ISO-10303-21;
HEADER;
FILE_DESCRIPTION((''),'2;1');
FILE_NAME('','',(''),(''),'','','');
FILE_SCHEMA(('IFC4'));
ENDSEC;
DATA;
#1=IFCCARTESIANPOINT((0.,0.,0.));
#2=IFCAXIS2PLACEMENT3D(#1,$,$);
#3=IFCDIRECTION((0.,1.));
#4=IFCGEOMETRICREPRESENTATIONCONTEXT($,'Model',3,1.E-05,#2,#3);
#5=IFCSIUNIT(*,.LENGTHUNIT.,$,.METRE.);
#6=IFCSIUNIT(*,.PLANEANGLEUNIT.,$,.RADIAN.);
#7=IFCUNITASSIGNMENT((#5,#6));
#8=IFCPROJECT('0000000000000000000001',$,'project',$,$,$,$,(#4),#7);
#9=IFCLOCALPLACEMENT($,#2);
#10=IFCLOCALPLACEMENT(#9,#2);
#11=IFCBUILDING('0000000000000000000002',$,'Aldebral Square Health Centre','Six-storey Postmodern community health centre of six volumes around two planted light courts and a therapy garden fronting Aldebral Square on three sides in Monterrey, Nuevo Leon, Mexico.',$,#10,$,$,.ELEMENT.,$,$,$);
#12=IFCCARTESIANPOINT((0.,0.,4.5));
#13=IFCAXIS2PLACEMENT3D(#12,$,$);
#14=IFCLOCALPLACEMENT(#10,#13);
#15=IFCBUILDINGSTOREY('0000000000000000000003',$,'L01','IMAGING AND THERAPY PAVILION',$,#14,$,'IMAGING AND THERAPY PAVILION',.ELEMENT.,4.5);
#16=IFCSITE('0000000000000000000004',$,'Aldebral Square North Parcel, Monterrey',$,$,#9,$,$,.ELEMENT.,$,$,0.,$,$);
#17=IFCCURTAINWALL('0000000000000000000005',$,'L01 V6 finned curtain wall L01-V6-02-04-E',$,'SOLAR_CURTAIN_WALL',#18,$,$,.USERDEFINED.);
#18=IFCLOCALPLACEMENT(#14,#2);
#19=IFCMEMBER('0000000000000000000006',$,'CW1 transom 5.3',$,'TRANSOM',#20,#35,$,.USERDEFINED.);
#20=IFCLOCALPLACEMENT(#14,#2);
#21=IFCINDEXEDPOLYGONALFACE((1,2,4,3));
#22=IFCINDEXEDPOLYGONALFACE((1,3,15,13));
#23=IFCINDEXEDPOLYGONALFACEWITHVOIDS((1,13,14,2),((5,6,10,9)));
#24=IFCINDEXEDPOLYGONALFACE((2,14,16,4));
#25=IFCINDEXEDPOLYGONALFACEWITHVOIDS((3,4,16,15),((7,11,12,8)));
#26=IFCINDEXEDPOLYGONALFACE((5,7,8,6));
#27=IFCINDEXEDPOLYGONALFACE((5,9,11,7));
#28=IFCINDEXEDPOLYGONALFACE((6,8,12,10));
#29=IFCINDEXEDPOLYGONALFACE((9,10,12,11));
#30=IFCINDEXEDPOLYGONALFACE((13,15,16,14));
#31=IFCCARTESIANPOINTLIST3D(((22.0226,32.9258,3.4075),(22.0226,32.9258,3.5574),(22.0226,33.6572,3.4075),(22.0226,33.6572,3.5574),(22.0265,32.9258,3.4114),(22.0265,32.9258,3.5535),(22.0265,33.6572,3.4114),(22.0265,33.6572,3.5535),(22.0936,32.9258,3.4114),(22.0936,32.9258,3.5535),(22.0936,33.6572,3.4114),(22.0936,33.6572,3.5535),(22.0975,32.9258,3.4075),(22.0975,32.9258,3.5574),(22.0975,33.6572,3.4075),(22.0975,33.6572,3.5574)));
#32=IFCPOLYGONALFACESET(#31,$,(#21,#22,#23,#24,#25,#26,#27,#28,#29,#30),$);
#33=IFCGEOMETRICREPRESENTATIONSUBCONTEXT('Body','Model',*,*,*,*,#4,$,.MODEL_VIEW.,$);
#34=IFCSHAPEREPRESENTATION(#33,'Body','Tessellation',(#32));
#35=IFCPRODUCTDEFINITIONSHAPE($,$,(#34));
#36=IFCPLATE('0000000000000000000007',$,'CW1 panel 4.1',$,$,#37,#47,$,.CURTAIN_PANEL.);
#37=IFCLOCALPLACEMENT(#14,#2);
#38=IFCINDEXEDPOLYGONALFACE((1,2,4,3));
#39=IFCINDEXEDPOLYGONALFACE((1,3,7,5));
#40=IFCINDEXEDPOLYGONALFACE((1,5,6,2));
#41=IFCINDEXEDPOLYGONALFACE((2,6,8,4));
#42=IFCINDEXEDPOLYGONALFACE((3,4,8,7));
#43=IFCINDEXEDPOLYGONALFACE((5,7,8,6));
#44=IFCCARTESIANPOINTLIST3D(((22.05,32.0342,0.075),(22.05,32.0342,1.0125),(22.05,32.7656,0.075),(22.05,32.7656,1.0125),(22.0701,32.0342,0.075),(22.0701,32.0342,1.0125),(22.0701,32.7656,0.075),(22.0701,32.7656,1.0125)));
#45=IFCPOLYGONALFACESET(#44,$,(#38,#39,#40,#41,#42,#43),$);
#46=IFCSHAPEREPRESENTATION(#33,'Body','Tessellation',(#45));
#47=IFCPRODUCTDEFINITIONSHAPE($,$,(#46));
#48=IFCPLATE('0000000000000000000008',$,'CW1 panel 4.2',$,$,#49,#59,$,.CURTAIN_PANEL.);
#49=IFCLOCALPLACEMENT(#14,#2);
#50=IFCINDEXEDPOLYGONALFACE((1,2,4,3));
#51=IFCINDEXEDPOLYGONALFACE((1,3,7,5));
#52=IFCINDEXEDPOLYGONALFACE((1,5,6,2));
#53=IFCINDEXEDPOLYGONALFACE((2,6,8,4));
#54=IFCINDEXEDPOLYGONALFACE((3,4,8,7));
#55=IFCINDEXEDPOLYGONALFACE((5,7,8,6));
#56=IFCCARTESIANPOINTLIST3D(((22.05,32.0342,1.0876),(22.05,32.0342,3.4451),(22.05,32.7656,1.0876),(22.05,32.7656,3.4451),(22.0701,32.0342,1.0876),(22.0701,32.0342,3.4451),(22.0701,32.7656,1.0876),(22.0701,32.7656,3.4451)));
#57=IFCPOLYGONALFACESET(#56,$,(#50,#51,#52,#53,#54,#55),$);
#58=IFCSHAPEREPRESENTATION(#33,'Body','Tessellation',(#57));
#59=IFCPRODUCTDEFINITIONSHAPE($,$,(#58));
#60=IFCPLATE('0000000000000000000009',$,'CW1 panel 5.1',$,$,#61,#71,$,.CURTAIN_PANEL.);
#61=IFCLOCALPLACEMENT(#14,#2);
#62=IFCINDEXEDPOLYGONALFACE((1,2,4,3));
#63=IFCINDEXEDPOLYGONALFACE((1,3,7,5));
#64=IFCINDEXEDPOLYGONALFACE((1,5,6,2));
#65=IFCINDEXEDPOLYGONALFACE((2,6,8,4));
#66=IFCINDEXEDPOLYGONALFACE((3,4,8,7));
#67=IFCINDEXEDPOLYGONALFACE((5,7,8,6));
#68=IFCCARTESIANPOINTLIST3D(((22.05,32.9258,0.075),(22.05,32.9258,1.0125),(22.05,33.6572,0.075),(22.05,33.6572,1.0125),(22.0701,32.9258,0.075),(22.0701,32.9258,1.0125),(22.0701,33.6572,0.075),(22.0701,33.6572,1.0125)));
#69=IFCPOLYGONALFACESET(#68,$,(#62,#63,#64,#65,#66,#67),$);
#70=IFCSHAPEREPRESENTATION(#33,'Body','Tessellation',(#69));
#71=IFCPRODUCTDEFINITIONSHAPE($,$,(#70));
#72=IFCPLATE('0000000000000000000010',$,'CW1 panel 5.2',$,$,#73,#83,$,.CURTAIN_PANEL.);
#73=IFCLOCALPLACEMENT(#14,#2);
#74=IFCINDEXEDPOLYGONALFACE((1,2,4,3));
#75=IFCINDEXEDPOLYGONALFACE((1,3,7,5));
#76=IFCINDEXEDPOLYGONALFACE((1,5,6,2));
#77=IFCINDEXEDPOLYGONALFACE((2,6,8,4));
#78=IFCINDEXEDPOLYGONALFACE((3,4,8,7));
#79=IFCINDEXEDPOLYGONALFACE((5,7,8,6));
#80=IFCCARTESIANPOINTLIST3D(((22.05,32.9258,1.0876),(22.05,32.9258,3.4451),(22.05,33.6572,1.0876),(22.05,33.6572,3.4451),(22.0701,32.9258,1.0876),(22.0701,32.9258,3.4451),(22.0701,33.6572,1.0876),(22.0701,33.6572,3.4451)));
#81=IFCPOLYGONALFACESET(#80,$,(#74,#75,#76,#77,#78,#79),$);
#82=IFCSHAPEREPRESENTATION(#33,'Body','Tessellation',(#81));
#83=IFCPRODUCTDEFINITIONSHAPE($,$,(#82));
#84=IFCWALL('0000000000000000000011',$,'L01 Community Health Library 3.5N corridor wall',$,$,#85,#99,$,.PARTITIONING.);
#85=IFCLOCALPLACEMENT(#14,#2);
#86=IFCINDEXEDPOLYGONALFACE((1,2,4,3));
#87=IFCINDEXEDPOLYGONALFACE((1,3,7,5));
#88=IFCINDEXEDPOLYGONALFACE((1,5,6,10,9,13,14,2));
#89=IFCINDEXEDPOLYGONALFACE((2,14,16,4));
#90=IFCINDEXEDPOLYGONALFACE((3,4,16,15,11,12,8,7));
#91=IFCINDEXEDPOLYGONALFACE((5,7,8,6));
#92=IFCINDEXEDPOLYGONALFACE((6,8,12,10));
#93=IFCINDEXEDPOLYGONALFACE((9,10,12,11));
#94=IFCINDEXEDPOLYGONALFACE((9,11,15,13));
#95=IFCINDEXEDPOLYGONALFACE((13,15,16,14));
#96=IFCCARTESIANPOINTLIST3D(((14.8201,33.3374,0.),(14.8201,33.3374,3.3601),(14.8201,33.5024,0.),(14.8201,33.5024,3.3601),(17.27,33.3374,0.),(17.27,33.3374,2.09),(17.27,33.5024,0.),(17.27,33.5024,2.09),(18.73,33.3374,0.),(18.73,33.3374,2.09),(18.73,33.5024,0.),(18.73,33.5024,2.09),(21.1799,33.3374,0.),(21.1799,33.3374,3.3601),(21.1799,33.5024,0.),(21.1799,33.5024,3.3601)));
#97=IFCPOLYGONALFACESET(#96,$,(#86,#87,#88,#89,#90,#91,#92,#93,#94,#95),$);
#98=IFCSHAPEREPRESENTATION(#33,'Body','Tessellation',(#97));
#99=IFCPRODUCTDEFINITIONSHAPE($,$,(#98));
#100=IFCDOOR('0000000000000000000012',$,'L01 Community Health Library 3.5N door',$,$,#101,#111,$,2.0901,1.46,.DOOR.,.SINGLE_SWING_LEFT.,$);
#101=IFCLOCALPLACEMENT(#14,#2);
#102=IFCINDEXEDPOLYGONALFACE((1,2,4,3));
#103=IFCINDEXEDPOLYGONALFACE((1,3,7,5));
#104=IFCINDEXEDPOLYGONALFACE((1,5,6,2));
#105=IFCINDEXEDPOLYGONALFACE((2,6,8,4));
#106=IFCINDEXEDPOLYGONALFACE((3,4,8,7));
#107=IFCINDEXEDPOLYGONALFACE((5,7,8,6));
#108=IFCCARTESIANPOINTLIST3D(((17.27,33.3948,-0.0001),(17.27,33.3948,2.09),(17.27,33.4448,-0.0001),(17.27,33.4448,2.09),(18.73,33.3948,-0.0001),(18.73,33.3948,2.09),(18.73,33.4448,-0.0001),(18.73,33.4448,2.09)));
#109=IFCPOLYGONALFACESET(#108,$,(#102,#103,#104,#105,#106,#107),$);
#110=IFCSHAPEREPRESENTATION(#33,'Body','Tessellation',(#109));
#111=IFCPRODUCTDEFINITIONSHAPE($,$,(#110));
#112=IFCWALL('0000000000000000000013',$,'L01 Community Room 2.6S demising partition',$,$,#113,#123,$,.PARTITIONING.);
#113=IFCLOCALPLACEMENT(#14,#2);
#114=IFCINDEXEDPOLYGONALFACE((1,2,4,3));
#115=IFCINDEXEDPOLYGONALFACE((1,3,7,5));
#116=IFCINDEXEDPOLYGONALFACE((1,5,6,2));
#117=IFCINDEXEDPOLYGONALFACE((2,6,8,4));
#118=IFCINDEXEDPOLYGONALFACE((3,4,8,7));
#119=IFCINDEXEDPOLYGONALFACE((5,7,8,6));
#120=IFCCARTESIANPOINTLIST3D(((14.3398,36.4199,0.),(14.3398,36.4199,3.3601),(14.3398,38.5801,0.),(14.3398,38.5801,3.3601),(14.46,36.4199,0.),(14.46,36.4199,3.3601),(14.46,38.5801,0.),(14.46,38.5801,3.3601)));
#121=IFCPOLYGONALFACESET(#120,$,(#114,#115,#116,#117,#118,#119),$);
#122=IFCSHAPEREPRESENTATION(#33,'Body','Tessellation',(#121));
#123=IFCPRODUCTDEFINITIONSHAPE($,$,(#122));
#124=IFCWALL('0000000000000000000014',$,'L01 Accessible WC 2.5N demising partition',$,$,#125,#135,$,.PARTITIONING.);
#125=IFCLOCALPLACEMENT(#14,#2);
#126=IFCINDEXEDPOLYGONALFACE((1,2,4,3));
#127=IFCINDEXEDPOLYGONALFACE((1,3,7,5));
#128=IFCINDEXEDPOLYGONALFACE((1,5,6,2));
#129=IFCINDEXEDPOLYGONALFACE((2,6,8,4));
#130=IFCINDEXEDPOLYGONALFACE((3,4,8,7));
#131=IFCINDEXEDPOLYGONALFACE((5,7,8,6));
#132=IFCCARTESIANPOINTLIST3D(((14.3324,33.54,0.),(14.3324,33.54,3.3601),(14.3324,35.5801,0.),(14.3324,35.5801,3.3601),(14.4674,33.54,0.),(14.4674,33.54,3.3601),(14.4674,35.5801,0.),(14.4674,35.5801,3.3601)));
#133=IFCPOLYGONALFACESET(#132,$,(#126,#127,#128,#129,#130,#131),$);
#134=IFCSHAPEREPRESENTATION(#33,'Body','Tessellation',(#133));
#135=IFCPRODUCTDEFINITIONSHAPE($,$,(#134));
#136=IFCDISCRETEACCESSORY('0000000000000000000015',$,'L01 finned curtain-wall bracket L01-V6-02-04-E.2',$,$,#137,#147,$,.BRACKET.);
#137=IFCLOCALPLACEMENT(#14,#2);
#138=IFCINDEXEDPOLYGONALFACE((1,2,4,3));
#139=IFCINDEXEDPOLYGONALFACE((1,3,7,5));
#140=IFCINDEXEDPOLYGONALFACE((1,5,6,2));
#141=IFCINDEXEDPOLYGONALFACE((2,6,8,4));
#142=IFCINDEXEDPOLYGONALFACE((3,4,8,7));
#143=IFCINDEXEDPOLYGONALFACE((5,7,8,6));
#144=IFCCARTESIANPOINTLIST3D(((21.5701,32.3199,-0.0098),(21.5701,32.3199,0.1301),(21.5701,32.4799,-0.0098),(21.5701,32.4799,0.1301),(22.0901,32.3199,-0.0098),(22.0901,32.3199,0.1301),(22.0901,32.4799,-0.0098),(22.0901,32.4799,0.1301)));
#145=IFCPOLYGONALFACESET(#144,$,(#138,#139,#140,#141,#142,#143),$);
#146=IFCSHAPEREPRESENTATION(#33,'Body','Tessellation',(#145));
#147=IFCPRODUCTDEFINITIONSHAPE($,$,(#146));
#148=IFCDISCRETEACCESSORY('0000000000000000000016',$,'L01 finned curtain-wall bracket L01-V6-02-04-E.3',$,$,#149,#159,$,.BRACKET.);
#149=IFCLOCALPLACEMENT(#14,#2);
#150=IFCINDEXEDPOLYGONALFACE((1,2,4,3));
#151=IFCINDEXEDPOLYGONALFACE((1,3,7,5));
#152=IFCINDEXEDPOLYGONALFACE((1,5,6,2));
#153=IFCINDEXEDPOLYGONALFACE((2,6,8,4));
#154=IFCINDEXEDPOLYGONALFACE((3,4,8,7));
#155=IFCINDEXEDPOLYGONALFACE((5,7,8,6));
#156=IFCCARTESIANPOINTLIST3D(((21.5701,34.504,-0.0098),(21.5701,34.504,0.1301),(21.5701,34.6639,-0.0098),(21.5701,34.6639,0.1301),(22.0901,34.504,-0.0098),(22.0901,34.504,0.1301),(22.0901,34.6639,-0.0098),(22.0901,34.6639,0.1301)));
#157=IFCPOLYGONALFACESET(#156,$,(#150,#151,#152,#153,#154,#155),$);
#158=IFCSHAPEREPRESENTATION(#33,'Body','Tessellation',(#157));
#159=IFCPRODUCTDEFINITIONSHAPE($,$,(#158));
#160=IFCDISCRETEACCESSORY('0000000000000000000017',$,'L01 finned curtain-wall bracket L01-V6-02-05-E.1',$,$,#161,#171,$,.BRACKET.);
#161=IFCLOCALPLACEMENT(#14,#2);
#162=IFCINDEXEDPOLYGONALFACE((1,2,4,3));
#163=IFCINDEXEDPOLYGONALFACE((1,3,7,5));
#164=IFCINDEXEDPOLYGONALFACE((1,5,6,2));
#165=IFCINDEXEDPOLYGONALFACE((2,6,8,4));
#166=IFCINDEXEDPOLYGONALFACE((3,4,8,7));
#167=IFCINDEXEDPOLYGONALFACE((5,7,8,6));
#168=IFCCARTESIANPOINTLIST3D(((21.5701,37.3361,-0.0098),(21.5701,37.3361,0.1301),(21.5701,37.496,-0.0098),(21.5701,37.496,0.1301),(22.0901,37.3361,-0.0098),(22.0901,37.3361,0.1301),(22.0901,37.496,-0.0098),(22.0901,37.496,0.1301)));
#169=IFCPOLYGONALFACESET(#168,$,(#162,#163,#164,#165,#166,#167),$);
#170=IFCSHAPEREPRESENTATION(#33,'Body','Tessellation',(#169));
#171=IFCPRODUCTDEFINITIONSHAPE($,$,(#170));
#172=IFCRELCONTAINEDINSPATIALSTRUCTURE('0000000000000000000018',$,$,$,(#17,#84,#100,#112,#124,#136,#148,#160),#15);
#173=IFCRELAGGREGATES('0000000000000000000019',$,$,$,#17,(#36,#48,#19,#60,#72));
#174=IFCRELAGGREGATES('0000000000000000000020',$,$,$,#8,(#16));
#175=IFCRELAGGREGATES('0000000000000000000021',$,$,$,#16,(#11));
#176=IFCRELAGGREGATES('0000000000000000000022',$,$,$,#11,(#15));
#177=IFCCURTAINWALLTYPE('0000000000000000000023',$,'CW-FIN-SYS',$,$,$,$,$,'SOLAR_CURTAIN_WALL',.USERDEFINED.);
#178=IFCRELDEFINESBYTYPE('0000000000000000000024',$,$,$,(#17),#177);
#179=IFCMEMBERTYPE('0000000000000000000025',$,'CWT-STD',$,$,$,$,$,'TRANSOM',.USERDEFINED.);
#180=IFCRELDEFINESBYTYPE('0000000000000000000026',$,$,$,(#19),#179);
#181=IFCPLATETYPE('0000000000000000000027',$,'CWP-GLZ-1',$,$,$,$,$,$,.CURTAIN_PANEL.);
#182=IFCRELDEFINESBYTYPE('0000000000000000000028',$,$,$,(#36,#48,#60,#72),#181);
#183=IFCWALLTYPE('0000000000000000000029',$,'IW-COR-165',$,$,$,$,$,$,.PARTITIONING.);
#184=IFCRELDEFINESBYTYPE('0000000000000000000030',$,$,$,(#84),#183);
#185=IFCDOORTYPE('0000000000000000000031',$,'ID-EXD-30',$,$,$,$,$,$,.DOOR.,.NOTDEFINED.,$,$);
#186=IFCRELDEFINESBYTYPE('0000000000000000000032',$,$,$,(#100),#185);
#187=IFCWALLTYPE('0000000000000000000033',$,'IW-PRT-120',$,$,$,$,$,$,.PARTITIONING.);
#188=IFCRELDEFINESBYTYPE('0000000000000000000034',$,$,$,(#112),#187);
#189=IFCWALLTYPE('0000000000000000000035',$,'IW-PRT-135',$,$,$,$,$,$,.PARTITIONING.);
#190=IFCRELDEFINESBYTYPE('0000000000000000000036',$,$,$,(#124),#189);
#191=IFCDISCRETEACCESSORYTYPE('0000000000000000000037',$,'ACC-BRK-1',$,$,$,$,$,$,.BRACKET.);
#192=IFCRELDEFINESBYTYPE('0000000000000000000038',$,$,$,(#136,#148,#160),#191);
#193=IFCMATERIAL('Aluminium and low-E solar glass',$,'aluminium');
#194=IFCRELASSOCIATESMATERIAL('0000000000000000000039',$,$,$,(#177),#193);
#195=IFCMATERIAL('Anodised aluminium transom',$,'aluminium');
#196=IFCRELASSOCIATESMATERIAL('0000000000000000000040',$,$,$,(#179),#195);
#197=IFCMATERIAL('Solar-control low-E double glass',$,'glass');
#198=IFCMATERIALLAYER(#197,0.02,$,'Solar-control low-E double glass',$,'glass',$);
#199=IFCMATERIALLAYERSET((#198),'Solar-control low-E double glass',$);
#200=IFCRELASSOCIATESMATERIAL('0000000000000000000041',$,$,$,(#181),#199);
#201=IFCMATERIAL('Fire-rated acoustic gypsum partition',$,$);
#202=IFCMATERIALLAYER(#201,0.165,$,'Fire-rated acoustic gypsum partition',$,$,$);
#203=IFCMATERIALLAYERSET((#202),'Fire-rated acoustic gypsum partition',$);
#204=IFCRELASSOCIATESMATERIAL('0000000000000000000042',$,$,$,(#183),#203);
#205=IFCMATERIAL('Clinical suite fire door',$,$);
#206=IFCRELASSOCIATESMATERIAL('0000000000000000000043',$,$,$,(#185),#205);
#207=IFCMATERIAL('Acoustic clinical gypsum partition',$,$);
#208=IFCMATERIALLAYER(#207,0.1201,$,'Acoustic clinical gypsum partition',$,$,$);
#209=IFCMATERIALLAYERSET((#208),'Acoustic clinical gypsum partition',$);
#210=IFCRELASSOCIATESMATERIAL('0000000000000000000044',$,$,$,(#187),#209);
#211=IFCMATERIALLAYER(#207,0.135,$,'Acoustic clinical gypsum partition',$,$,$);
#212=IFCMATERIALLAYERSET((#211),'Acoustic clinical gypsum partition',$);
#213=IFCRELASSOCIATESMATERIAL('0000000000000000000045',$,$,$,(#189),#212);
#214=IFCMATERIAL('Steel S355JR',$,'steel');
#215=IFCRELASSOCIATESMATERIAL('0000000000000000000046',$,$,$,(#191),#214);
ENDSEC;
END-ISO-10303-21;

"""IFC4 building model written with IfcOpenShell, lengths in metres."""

from ifc_helpers import new_model, si_unit, direction, frame, frame_2d, origin, origin_2d, place, context, subcontext, project, spatial, rectangle, hollow_rectangle, extrude, material, layer, layer_set, material_profile, profile_set, type_object, element, fill, aggregate, save


model = new_model("IFC4")

# Units and contexts
model_context = context("Model", 3, precision=1e-05, world=origin(), true_north=direction((0.0, 1.0)))
body_context = subcontext(model_context, "Body", "Model", "MODEL_VIEW")
ifc_project = project(units=[si_unit("LENGTHUNIT", "METRE"), si_unit("PLANEANGLEUNIT", "RADIAN")], contexts=[model_context])

# Site, building, storey
site_placement = place(None, origin())
site = spatial("IfcSite", under=ifc_project, at=site_placement, Name="Aldebral Square North Parcel, Monterrey", CompositionType="ELEMENT", RefElevation=0.0)
building_placement = place(site_placement, origin())
building = spatial("IfcBuilding", under=site, at=building_placement, Name="Aldebral Square Health Centre", Description="Six-storey Postmodern community health centre of six volumes around two planted light courts and a therapy garden fronting Aldebral Square on three sides in Monterrey, Nuevo Leon, Mexico.", CompositionType="ELEMENT")
storey_placement = place(building_placement, frame((0.0, 0.0, 4.5)))
storey = spatial("IfcBuildingStorey", under=building, at=storey_placement, Name="L01", Description="IMAGING AND THERAPY PAVILION", LongName="IMAGING AND THERAPY PAVILION", CompositionType="ELEMENT", Elevation=4.5)

# Curtain wall, member, plates
ifc_material_1 = material(Name="Aluminium and low-E solar glass", Category="aluminium")
curtain_wall_type = type_object("IfcCurtainWallType", Name="CW-FIN-SYS", ElementType="SOLAR_CURTAIN_WALL", PredefinedType="USERDEFINED", material=ifc_material_1)
curtain_wall_placement = place(storey_placement, origin())
curtain_wall = element("IfcCurtainWall", 1, at=curtain_wall_placement, inside=storey, type_object=curtain_wall_type, Name="L01 V6 finned curtain wall L01-V6-02-04-E", ObjectType="SOLAR_CURTAIN_WALL", PredefinedType="USERDEFINED")
ifc_material_2 = material(Name="Anodised aluminium transom", Category="aluminium")
ifc_material_profile_1 = material_profile(ifc_material_2, hollow_rectangle(XDim=0.075, YDim=0.1499, WallThickness=0.0039, at=origin_2d()), Name="CWT 75x150x4")
ifc_profile_set_1 = profile_set([ifc_material_profile_1], Name="Anodised aluminium transom")
member_type_1 = type_object("IfcMemberType", Name="CWT-STD", ElementType="TRANSOM", PredefinedType="USERDEFINED", material=ifc_profile_set_1)
member_1_placement = place(storey_placement, frame((22.0601, 32.9258, 3.4824), z_axis=(0.0, 1.0, 0.0), x_axis=(-1.0, 0.0, 0.0)))
member_1 = element("IfcMember", 2, at=member_1_placement, type_object=member_type_1, Name="CW1 transom 5.3", ObjectType="TRANSOM", PredefinedType="USERDEFINED", context=body_context, shape_type="SweptSolid", body=[
    extrude(hollow_rectangle(XDim=0.075, YDim=0.1499, WallThickness=0.0039, at=origin_2d()), origin(), (0.0, 0.0, 1.0), 0.7314),
])
ifc_material_3 = material(Name="Solar-control low-E double glass", Category="glass")
ifc_layer_1 = layer(ifc_material_3, 0.02, Name="Solar-control low-E double glass", Category="glass")
ifc_layer_set_1 = layer_set([ifc_layer_1], Name="Solar-control low-E double glass")
plate_type = type_object("IfcPlateType", Name="CWP-GLZ-1", PredefinedType="CURTAIN_PANEL", material=ifc_layer_set_1)
plate_1_placement = place(storey_placement, frame((22.0601, 32.3999, 0.075), z_axis=(0.0, 0.0, 1.0), x_axis=(0.0, 1.0, 0.0)))
plate_1 = element("IfcPlate", 3, at=plate_1_placement, type_object=plate_type, Name="CW1 panel 4.1", PredefinedType="CURTAIN_PANEL", context=body_context, shape_type="SweptSolid", body=[
    extrude(rectangle(XDim=0.7314, YDim=0.02, at=origin_2d()), origin(), (0.0, 0.0, 1.0), 0.9375),
])
plate_2_placement = place(storey_placement, frame((22.0601, 32.3999, 1.0876), z_axis=(0.0, 0.0, 1.0), x_axis=(0.0, 1.0, 0.0)))
plate_2 = element("IfcPlate", 4, at=plate_2_placement, type_object=plate_type, Name="CW1 panel 4.2", PredefinedType="CURTAIN_PANEL", context=body_context, shape_type="SweptSolid", body=[
    extrude(rectangle(XDim=0.7314, YDim=0.02, at=origin_2d()), origin(), (0.0, 0.0, 1.0), 2.3574),
])
plate_3_placement = place(storey_placement, frame((22.0601, 33.2915, 0.075), z_axis=(0.0, 0.0, 1.0), x_axis=(0.0, 1.0, 0.0)))
plate_3 = element("IfcPlate", 5, at=plate_3_placement, type_object=plate_type, Name="CW1 panel 5.1", PredefinedType="CURTAIN_PANEL", context=body_context, shape_type="SweptSolid", body=[
    extrude(rectangle(XDim=0.7314, YDim=0.02, at=origin_2d()), origin(), (0.0, 0.0, 1.0), 0.9375),
])
plate_4_placement = place(storey_placement, frame((22.0601, 33.2915, 1.0876), z_axis=(0.0, 0.0, 1.0), x_axis=(0.0, 1.0, 0.0)))
plate_4 = element("IfcPlate", 6, at=plate_4_placement, type_object=plate_type, Name="CW1 panel 5.2", PredefinedType="CURTAIN_PANEL", context=body_context, shape_type="SweptSolid", body=[
    extrude(rectangle(XDim=0.7314, YDim=0.02, at=origin_2d()), origin(), (0.0, 0.0, 1.0), 2.3574),
])
aggregate(curtain_wall, [plate_1, plate_2, member_1, plate_3, plate_4])

# Wall, opening, door
ifc_material_4 = material(Name="Fire-rated acoustic gypsum partition")
ifc_layer_2 = layer(ifc_material_4, 0.165, Name="Fire-rated acoustic gypsum partition")
ifc_layer_set_2 = layer_set([ifc_layer_2], Name="Fire-rated acoustic gypsum partition")
wall_type_1 = type_object("IfcWallType", Name="IW-COR-165", PredefinedType="PARTITIONING", material=ifc_layer_set_2)
wall_1_placement = place(storey_placement, frame((14.8201, 33.4199, 0.0), z_axis=(0.0, 0.0, 1.0), x_axis=(1.0, 0.0, 0.0)))
wall_1 = element("IfcWall", 7, at=wall_1_placement, inside=storey, type_object=wall_type_1, Name="L01 Community Health Library 3.5N corridor wall", PredefinedType="PARTITIONING", context=body_context, shape_type="SweptSolid", body=[
    extrude(rectangle(XDim=6.3599, YDim=0.165, at=frame_2d((3.1799, 0.0))), origin(), (0.0, 0.0, 1.0), 3.3601),
])
opening_placement = place(wall_1_placement, frame((2.45, 0.0, 0.0)))
opening = element("IfcOpeningElement", 8, at=opening_placement, cuts=wall_1, PredefinedType="OPENING", context=body_context, shape_type="SweptSolid", body=[
    extrude(rectangle(XDim=1.46, YDim=2.0901, at=frame_2d((0.73, 1.0449))), frame((0.0, 0.0925, 0.0), z_axis=(0.0, -1.0, 0.0), x_axis=(1.0, 0.0, 0.0)), (0.0, 0.0, 1.0), 0.1851),
])
ifc_material_5 = material(Name="Clinical suite fire door")
door_type = type_object("IfcDoorType", Name="ID-EXD-30", OperationType="NOTDEFINED", PredefinedType="DOOR", material=ifc_material_5)
door_placement = place(opening_placement, origin())
door = element("IfcDoor", 9, at=door_placement, inside=storey, type_object=door_type, Name="L01 Community Health Library 3.5N door", OperationType="SINGLE_SWING_LEFT", OverallHeight=2.0901, OverallWidth=1.46, PredefinedType="DOOR", context=body_context, shape_type="SweptSolid", body=[
    extrude(rectangle(XDim=1.46, YDim=2.0901, at=frame_2d((0.73, 1.0449))), frame((0.0, 0.0249, 0.0), z_axis=(0.0, -1.0, 0.0), x_axis=(1.0, 0.0, 0.0)), (0.0, 0.0, 1.0), 0.05),
])
fill(opening, door)

# Walls
ifc_material_6 = material(Name="Acoustic clinical gypsum partition")
ifc_layer_3 = layer(ifc_material_6, 0.1201, Name="Acoustic clinical gypsum partition")
ifc_layer_set_3 = layer_set([ifc_layer_3], Name="Acoustic clinical gypsum partition")
wall_type_2 = type_object("IfcWallType", Name="IW-PRT-120", PredefinedType="PARTITIONING", material=ifc_layer_set_3)
wall_2_placement = place(storey_placement, frame((14.3999, 36.4199, 0.0), z_axis=(0.0, 0.0, 1.0), x_axis=(0.0, 1.0, 0.0)))
element("IfcWall", 10, at=wall_2_placement, inside=storey, type_object=wall_type_2, Name="L01 Community Room 2.6S demising partition", PredefinedType="PARTITIONING", context=body_context, shape_type="SweptSolid", body=[
    extrude(rectangle(XDim=2.1602, YDim=0.1201, at=frame_2d((1.0801, 0.0))), origin(), (0.0, 0.0, 1.0), 3.3601),
])
ifc_layer_4 = layer(ifc_material_6, 0.135, Name="Acoustic clinical gypsum partition")
ifc_layer_set_4 = layer_set([ifc_layer_4], Name="Acoustic clinical gypsum partition")
wall_type_3 = type_object("IfcWallType", Name="IW-PRT-135", PredefinedType="PARTITIONING", material=ifc_layer_set_4)
wall_3_placement = place(storey_placement, frame((14.3999, 33.54, 0.0), z_axis=(0.0, 0.0, 1.0), x_axis=(0.0, 1.0, 0.0)))
element("IfcWall", 11, at=wall_3_placement, inside=storey, type_object=wall_type_3, Name="L01 Accessible WC 2.5N demising partition", PredefinedType="PARTITIONING", context=body_context, shape_type="SweptSolid", body=[
    extrude(rectangle(XDim=2.04, YDim=0.135, at=frame_2d((1.02, 0.0))), origin(), (0.0, 0.0, 1.0), 3.3601),
])

# Discrete accessories
ifc_material_7 = material(Name="Steel S355JR", Category="steel")
discrete_accessory_type = type_object("IfcDiscreteAccessoryType", Name="ACC-BRK-1", PredefinedType="BRACKET", material=ifc_material_7)
for number, where, z_axis, x_axis, name in (
    (12, (21.8301, 32.3999, -0.0098), (0.0, 0.0, 1.0), (0.0, 1.0, 0.0), "L01 finned curtain-wall bracket L01-V6-02-04-E.2"),
    (13, (21.8301, 34.584, -0.0098), (0.0, 0.0, 1.0), (0.0, 1.0, 0.0), "L01 finned curtain-wall bracket L01-V6-02-04-E.3"),
    (14, (21.8301, 37.416, -0.0098), (0.0, 0.0, 1.0), (0.0, 1.0, 0.0), "L01 finned curtain-wall bracket L01-V6-02-05-E.1"),
):
    element("IfcDiscreteAccessory", number, at=place(storey_placement, frame(where, z_axis=z_axis, x_axis=x_axis)), inside=storey, type_object=discrete_accessory_type, Name=name, PredefinedType="BRACKET", context=body_context, shape_type="SweptSolid", body=[
        extrude(rectangle(XDim=0.1599, YDim=0.52, at=origin_2d()), origin(), (0.0, 0.0, 1.0), 0.1399),
    ])

save(model, "model.ifc")
